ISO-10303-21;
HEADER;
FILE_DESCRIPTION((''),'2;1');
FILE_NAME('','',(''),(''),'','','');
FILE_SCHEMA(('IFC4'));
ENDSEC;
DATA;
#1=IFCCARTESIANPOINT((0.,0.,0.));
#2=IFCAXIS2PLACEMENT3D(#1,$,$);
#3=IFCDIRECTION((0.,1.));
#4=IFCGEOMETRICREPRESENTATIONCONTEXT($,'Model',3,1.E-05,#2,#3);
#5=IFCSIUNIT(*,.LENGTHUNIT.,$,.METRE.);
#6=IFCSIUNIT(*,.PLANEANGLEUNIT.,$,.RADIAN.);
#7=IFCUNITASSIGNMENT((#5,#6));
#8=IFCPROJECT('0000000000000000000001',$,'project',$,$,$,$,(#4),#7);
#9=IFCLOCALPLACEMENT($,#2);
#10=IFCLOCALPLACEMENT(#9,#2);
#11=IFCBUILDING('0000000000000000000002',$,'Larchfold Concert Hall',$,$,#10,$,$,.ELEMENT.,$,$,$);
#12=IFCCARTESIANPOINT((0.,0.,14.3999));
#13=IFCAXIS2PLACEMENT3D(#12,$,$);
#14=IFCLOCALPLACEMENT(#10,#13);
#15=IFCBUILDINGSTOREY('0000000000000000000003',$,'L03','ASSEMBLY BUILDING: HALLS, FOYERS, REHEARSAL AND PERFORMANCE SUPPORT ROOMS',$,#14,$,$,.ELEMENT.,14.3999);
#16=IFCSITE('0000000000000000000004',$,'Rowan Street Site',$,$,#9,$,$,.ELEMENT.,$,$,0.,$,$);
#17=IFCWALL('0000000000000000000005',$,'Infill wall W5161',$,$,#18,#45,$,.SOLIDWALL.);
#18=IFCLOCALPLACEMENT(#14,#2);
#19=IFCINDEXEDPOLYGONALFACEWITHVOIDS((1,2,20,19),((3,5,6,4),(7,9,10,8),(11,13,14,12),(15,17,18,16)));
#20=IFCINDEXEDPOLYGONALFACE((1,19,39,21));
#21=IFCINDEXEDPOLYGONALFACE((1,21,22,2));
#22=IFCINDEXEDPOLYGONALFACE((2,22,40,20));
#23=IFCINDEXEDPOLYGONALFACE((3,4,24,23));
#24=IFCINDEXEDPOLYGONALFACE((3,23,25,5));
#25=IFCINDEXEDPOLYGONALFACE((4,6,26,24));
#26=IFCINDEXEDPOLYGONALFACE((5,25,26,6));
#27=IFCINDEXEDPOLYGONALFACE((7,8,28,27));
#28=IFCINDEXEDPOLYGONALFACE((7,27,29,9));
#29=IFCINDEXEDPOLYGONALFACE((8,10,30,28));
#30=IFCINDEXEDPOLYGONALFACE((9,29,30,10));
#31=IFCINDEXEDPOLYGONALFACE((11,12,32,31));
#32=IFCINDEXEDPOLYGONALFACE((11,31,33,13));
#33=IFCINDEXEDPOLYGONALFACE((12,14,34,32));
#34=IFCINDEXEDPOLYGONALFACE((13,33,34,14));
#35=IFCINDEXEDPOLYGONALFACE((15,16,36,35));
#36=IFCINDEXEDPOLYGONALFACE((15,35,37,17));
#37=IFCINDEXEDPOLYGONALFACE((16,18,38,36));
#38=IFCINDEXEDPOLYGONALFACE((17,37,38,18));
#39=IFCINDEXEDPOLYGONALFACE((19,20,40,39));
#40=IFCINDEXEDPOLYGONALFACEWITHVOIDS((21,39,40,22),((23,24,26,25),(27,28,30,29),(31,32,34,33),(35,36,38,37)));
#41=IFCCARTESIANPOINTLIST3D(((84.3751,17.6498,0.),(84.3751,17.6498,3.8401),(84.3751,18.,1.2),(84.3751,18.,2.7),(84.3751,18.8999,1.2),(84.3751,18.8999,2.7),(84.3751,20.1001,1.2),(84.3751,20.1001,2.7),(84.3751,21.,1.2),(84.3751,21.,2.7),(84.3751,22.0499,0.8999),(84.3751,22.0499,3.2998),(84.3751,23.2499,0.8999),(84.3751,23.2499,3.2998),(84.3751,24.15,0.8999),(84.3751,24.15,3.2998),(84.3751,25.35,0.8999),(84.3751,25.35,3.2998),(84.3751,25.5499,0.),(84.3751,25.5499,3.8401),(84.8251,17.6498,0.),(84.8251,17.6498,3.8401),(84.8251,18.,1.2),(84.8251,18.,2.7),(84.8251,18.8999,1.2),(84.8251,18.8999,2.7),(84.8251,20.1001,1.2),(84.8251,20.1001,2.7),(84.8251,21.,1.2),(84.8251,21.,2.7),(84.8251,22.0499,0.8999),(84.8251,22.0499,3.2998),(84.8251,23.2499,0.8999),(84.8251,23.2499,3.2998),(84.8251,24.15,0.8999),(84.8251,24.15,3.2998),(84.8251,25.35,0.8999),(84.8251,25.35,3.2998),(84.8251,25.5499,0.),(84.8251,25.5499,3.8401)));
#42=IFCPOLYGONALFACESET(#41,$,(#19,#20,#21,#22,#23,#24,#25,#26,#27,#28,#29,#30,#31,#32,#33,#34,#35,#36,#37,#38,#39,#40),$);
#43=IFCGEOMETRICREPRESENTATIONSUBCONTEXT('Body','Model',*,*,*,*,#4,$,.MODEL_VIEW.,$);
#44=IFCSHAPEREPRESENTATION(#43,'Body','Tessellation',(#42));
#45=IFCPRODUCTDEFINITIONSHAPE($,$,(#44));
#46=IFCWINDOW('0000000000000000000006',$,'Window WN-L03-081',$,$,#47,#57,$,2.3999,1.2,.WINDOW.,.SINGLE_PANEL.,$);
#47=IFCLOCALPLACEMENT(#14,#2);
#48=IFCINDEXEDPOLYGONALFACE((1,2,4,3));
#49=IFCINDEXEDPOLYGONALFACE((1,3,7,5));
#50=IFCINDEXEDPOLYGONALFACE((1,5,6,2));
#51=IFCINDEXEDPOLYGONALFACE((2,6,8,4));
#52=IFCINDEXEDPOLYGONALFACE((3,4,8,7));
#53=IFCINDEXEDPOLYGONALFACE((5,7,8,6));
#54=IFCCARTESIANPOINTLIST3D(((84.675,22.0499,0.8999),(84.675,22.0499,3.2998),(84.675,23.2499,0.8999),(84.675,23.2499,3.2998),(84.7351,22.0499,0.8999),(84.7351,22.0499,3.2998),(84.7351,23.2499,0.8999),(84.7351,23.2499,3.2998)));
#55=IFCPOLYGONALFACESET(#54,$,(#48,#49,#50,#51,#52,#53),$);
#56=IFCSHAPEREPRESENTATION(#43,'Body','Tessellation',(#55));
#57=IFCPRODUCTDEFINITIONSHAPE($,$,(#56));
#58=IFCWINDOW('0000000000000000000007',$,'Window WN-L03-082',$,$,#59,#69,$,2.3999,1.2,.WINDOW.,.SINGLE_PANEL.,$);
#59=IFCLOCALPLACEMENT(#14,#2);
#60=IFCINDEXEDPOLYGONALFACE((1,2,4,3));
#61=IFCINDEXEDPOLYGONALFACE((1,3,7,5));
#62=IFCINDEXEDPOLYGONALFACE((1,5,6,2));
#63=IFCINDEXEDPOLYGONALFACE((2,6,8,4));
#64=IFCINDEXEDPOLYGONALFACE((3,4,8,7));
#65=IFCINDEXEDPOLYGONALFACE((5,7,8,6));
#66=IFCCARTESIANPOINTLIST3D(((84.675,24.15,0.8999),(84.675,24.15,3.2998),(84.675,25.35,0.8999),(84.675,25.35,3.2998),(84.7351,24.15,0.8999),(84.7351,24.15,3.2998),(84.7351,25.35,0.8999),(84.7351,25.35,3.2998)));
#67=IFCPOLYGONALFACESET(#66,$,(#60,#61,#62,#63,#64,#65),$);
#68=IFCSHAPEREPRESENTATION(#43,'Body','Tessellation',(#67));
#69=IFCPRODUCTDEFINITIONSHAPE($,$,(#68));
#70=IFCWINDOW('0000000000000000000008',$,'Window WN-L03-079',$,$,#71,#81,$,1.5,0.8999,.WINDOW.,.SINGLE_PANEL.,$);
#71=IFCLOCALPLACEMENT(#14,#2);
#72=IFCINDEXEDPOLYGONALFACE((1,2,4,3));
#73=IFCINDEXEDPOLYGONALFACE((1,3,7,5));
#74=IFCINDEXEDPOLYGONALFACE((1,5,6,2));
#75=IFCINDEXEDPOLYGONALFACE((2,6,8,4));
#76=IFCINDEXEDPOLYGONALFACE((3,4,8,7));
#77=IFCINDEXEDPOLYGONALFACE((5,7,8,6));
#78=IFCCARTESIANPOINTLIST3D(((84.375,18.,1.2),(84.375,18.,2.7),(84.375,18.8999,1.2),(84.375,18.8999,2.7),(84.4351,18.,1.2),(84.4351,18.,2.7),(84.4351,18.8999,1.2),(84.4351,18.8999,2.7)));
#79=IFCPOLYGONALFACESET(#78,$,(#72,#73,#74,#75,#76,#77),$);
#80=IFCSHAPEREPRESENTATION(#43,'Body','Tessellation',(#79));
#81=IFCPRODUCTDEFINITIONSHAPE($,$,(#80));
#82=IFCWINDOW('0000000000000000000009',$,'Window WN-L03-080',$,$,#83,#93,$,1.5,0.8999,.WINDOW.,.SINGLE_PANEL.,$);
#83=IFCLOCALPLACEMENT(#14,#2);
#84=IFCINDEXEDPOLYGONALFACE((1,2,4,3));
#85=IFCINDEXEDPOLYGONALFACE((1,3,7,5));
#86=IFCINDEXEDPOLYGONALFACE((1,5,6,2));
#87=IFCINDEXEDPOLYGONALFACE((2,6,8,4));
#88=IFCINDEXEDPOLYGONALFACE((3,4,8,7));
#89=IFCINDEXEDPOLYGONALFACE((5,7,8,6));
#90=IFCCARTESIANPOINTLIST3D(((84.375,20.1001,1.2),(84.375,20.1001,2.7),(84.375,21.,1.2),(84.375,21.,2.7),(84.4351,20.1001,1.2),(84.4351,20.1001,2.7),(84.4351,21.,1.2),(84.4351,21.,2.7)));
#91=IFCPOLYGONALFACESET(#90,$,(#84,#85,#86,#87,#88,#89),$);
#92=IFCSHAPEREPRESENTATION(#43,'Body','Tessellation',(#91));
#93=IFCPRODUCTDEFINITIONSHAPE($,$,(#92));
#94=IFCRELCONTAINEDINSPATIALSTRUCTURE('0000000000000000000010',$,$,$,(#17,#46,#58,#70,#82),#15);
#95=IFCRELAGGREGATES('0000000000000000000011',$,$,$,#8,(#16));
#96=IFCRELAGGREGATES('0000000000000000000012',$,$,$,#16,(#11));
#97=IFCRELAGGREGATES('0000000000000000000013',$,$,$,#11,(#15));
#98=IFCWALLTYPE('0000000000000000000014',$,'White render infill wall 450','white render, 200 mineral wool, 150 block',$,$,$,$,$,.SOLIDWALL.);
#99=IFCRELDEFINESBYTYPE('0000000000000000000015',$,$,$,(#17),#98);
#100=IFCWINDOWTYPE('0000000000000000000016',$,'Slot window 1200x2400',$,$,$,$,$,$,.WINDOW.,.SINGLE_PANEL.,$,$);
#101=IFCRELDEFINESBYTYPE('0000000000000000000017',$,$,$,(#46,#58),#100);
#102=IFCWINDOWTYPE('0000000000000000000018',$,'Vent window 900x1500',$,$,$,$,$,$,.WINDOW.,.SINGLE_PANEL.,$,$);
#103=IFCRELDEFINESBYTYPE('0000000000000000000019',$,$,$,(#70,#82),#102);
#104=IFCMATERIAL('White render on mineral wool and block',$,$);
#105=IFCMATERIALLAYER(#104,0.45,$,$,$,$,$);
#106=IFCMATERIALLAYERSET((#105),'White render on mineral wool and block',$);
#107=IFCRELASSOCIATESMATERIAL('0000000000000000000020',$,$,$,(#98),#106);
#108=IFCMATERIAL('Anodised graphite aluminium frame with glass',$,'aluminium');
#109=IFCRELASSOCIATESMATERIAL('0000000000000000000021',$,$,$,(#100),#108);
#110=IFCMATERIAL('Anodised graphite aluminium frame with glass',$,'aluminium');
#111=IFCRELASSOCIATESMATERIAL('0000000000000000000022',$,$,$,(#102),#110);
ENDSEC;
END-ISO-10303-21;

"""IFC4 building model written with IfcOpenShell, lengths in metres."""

from ifc_helpers import new_model, si_unit, direction, frame, frame_2d, origin, place, context, subcontext, project, spatial, rectangle, extrude, material, layer, layer_set, type_object, element, fill, save


model = new_model("IFC4")

# Units and contexts
model_context = context("Model", 3, precision=1e-05, world=origin(), true_north=direction((0.0, 1.0)))
body_context = subcontext(model_context, "Body", "Model", "MODEL_VIEW")
ifc_project = project(units=[si_unit("LENGTHUNIT", "METRE"), si_unit("PLANEANGLEUNIT", "RADIAN")], contexts=[model_context])

# Site, building, storey
site_placement = place(None, origin())
site = spatial("IfcSite", under=ifc_project, at=site_placement, Name="Rowan Street Site", CompositionType="ELEMENT", RefElevation=0.0)
building_placement = place(site_placement, origin())
building = spatial("IfcBuilding", under=site, at=building_placement, Name="Larchfold Concert Hall", CompositionType="ELEMENT")
storey_placement = place(building_placement, frame((0.0, 0.0, 14.3999)))
storey = spatial("IfcBuildingStorey", under=building, at=storey_placement, Name="L03", Description="ASSEMBLY BUILDING: HALLS, FOYERS, REHEARSAL AND PERFORMANCE SUPPORT ROOMS", CompositionType="ELEMENT", Elevation=14.3999)

# Wall, openings, windows
ifc_material_1 = material(Name="White render on mineral wool and block")
ifc_layer_1 = layer(ifc_material_1, 0.45)
ifc_layer_set_1 = layer_set([ifc_layer_1], Name="White render on mineral wool and block")
wall_type_1 = type_object("IfcWallType", Name="White render infill wall 450", Description="white render, 200 mineral wool, 150 block", PredefinedType="SOLIDWALL", material=ifc_layer_set_1)
wall_1_placement = place(storey_placement, frame((84.6001, 25.55, 0.0), z_axis=(0.0, 0.0, 1.0), x_axis=(0.0, -1.0, 0.0)))
wall_1 = element("IfcWall", 1, at=wall_1_placement, inside=storey, type_object=wall_type_1, Name="Infill wall W5161", PredefinedType="SOLIDWALL", context=body_context, shape_type="SweptSolid", body=[
    extrude(rectangle(XDim=7.9001, YDim=0.45, at=frame_2d((3.9502, 0.0))), origin(), (0.0, 0.0, 1.0), 3.8401),
])
opening_1_placement = place(wall_1_placement, frame((6.6501, 0.0, 1.2)))
opening_1 = element("IfcOpeningElement", 2, at=opening_1_placement, cuts=wall_1, PredefinedType="OPENING", context=body_context, shape_type="SweptSolid", body=[
    extrude(rectangle(XDim=0.8999, YDim=1.5, at=frame_2d((0.45, 0.75))), frame((0.0, 0.2349, 0.0), z_axis=(0.0, -1.0, 0.0), x_axis=(1.0, 0.0, 0.0)), (0.0, 0.0, 1.0), 0.47),
])
opening_2_placement = place(wall_1_placement, frame((4.55, 0.0, 1.2)))
opening_2 = element("IfcOpeningElement", 3, at=opening_2_placement, cuts=wall_1, PredefinedType="OPENING", context=body_context, shape_type="SweptSolid", body=[
    extrude(rectangle(XDim=0.8999, YDim=1.5, at=frame_2d((0.45, 0.75))), frame((0.0, 0.2349, 0.0), z_axis=(0.0, -1.0, 0.0), x_axis=(1.0, 0.0, 0.0)), (0.0, 0.0, 1.0), 0.47),
])
opening_3_placement = place(wall_1_placement, frame((2.3, 0.0, 0.8999)))
opening_3 = element("IfcOpeningElement", 4, at=opening_3_placement, cuts=wall_1, PredefinedType="OPENING", context=body_context, shape_type="SweptSolid", body=[
    extrude(rectangle(XDim=1.2, YDim=2.3999, at=frame_2d((0.6001, 1.2))), frame((0.0, 0.2349, 0.0), z_axis=(0.0, -1.0, 0.0), x_axis=(1.0, 0.0, 0.0)), (0.0, 0.0, 1.0), 0.47),
])
opening_4_placement = place(wall_1_placement, frame((0.2, 0.0, 0.8999)))
opening_4 = element("IfcOpeningElement", 5, at=opening_4_placement, cuts=wall_1, PredefinedType="OPENING", context=body_context, shape_type="SweptSolid", body=[
    extrude(rectangle(XDim=1.2, YDim=2.3999, at=frame_2d((0.6001, 1.2))), frame((0.0, 0.2349, 0.0), z_axis=(0.0, -1.0, 0.0), x_axis=(1.0, 0.0, 0.0)), (0.0, 0.0, 1.0), 0.47),
])
ifc_material_2 = material(Name="Anodised graphite aluminium frame with glass", Category="aluminium")
window_type_1 = type_object("IfcWindowType", Name="Slot window 1200x2400", PartitioningType="SINGLE_PANEL", PredefinedType="WINDOW", material=ifc_material_2)
window_1_placement = place(opening_3_placement, origin())
window_1 = element("IfcWindow", 6, at=window_1_placement, inside=storey, type_object=window_type_1, Name="Window WN-L03-081", OverallHeight=2.3999, OverallWidth=1.2, PartitioningType="SINGLE_PANEL", PredefinedType="WINDOW", context=body_context, shape_type="SweptSolid", body=[
    extrude(rectangle(XDim=1.2, YDim=2.3999, at=frame_2d((0.6001, 1.2))), frame((0.0, 0.135, 0.0), z_axis=(0.0, -1.0, 0.0), x_axis=(1.0, 0.0, 0.0)), (0.0, 0.0, 1.0), 0.0601),
])
fill(opening_3, window_1)
window_2_placement = place(opening_4_placement, origin())
window_2 = element("IfcWindow", 7, at=window_2_placement, inside=storey, type_object=window_type_1, Name="Window WN-L03-082", OverallHeight=2.3999, OverallWidth=1.2, PartitioningType="SINGLE_PANEL", PredefinedType="WINDOW", context=body_context, shape_type="SweptSolid", body=[
    extrude(rectangle(XDim=1.2, YDim=2.3999, at=frame_2d((0.6001, 1.2))), frame((0.0, 0.135, 0.0), z_axis=(0.0, -1.0, 0.0), x_axis=(1.0, 0.0, 0.0)), (0.0, 0.0, 1.0), 0.0601),
])
fill(opening_4, window_2)
ifc_material_3 = material(Name="Anodised graphite aluminium frame with glass", Category="aluminium")
window_type_2 = type_object("IfcWindowType", Name="Vent window 900x1500", PartitioningType="SINGLE_PANEL", PredefinedType="WINDOW", material=ifc_material_3)
window_3_placement = place(opening_1_placement, origin())
window_3 = element("IfcWindow", 8, at=window_3_placement, inside=storey, type_object=window_type_2, Name="Window WN-L03-079", OverallHeight=1.5, OverallWidth=0.8999, PartitioningType="SINGLE_PANEL", PredefinedType="WINDOW", context=body_context, shape_type="SweptSolid", body=[
    extrude(rectangle(XDim=0.8999, YDim=1.5, at=frame_2d((0.45, 0.75))), frame((0.0, -0.165, 0.0), z_axis=(0.0, -1.0, 0.0), x_axis=(1.0, 0.0, 0.0)), (0.0, 0.0, 1.0), 0.0601),
])
fill(opening_1, window_3)
window_4_placement = place(opening_2_placement, origin())
window_4 = element("IfcWindow", 9, at=window_4_placement, inside=storey, type_object=window_type_2, Name="Window WN-L03-080", OverallHeight=1.5, OverallWidth=0.8999, PartitioningType="SINGLE_PANEL", PredefinedType="WINDOW", context=body_context, shape_type="SweptSolid", body=[
    extrude(rectangle(XDim=0.8999, YDim=1.5, at=frame_2d((0.45, 0.75))), frame((0.0, -0.165, 0.0), z_axis=(0.0, -1.0, 0.0), x_axis=(1.0, 0.0, 0.0)), (0.0, 0.0, 1.0), 0.0601),
])
fill(opening_2, window_4)

save(model, "model.ifc")
